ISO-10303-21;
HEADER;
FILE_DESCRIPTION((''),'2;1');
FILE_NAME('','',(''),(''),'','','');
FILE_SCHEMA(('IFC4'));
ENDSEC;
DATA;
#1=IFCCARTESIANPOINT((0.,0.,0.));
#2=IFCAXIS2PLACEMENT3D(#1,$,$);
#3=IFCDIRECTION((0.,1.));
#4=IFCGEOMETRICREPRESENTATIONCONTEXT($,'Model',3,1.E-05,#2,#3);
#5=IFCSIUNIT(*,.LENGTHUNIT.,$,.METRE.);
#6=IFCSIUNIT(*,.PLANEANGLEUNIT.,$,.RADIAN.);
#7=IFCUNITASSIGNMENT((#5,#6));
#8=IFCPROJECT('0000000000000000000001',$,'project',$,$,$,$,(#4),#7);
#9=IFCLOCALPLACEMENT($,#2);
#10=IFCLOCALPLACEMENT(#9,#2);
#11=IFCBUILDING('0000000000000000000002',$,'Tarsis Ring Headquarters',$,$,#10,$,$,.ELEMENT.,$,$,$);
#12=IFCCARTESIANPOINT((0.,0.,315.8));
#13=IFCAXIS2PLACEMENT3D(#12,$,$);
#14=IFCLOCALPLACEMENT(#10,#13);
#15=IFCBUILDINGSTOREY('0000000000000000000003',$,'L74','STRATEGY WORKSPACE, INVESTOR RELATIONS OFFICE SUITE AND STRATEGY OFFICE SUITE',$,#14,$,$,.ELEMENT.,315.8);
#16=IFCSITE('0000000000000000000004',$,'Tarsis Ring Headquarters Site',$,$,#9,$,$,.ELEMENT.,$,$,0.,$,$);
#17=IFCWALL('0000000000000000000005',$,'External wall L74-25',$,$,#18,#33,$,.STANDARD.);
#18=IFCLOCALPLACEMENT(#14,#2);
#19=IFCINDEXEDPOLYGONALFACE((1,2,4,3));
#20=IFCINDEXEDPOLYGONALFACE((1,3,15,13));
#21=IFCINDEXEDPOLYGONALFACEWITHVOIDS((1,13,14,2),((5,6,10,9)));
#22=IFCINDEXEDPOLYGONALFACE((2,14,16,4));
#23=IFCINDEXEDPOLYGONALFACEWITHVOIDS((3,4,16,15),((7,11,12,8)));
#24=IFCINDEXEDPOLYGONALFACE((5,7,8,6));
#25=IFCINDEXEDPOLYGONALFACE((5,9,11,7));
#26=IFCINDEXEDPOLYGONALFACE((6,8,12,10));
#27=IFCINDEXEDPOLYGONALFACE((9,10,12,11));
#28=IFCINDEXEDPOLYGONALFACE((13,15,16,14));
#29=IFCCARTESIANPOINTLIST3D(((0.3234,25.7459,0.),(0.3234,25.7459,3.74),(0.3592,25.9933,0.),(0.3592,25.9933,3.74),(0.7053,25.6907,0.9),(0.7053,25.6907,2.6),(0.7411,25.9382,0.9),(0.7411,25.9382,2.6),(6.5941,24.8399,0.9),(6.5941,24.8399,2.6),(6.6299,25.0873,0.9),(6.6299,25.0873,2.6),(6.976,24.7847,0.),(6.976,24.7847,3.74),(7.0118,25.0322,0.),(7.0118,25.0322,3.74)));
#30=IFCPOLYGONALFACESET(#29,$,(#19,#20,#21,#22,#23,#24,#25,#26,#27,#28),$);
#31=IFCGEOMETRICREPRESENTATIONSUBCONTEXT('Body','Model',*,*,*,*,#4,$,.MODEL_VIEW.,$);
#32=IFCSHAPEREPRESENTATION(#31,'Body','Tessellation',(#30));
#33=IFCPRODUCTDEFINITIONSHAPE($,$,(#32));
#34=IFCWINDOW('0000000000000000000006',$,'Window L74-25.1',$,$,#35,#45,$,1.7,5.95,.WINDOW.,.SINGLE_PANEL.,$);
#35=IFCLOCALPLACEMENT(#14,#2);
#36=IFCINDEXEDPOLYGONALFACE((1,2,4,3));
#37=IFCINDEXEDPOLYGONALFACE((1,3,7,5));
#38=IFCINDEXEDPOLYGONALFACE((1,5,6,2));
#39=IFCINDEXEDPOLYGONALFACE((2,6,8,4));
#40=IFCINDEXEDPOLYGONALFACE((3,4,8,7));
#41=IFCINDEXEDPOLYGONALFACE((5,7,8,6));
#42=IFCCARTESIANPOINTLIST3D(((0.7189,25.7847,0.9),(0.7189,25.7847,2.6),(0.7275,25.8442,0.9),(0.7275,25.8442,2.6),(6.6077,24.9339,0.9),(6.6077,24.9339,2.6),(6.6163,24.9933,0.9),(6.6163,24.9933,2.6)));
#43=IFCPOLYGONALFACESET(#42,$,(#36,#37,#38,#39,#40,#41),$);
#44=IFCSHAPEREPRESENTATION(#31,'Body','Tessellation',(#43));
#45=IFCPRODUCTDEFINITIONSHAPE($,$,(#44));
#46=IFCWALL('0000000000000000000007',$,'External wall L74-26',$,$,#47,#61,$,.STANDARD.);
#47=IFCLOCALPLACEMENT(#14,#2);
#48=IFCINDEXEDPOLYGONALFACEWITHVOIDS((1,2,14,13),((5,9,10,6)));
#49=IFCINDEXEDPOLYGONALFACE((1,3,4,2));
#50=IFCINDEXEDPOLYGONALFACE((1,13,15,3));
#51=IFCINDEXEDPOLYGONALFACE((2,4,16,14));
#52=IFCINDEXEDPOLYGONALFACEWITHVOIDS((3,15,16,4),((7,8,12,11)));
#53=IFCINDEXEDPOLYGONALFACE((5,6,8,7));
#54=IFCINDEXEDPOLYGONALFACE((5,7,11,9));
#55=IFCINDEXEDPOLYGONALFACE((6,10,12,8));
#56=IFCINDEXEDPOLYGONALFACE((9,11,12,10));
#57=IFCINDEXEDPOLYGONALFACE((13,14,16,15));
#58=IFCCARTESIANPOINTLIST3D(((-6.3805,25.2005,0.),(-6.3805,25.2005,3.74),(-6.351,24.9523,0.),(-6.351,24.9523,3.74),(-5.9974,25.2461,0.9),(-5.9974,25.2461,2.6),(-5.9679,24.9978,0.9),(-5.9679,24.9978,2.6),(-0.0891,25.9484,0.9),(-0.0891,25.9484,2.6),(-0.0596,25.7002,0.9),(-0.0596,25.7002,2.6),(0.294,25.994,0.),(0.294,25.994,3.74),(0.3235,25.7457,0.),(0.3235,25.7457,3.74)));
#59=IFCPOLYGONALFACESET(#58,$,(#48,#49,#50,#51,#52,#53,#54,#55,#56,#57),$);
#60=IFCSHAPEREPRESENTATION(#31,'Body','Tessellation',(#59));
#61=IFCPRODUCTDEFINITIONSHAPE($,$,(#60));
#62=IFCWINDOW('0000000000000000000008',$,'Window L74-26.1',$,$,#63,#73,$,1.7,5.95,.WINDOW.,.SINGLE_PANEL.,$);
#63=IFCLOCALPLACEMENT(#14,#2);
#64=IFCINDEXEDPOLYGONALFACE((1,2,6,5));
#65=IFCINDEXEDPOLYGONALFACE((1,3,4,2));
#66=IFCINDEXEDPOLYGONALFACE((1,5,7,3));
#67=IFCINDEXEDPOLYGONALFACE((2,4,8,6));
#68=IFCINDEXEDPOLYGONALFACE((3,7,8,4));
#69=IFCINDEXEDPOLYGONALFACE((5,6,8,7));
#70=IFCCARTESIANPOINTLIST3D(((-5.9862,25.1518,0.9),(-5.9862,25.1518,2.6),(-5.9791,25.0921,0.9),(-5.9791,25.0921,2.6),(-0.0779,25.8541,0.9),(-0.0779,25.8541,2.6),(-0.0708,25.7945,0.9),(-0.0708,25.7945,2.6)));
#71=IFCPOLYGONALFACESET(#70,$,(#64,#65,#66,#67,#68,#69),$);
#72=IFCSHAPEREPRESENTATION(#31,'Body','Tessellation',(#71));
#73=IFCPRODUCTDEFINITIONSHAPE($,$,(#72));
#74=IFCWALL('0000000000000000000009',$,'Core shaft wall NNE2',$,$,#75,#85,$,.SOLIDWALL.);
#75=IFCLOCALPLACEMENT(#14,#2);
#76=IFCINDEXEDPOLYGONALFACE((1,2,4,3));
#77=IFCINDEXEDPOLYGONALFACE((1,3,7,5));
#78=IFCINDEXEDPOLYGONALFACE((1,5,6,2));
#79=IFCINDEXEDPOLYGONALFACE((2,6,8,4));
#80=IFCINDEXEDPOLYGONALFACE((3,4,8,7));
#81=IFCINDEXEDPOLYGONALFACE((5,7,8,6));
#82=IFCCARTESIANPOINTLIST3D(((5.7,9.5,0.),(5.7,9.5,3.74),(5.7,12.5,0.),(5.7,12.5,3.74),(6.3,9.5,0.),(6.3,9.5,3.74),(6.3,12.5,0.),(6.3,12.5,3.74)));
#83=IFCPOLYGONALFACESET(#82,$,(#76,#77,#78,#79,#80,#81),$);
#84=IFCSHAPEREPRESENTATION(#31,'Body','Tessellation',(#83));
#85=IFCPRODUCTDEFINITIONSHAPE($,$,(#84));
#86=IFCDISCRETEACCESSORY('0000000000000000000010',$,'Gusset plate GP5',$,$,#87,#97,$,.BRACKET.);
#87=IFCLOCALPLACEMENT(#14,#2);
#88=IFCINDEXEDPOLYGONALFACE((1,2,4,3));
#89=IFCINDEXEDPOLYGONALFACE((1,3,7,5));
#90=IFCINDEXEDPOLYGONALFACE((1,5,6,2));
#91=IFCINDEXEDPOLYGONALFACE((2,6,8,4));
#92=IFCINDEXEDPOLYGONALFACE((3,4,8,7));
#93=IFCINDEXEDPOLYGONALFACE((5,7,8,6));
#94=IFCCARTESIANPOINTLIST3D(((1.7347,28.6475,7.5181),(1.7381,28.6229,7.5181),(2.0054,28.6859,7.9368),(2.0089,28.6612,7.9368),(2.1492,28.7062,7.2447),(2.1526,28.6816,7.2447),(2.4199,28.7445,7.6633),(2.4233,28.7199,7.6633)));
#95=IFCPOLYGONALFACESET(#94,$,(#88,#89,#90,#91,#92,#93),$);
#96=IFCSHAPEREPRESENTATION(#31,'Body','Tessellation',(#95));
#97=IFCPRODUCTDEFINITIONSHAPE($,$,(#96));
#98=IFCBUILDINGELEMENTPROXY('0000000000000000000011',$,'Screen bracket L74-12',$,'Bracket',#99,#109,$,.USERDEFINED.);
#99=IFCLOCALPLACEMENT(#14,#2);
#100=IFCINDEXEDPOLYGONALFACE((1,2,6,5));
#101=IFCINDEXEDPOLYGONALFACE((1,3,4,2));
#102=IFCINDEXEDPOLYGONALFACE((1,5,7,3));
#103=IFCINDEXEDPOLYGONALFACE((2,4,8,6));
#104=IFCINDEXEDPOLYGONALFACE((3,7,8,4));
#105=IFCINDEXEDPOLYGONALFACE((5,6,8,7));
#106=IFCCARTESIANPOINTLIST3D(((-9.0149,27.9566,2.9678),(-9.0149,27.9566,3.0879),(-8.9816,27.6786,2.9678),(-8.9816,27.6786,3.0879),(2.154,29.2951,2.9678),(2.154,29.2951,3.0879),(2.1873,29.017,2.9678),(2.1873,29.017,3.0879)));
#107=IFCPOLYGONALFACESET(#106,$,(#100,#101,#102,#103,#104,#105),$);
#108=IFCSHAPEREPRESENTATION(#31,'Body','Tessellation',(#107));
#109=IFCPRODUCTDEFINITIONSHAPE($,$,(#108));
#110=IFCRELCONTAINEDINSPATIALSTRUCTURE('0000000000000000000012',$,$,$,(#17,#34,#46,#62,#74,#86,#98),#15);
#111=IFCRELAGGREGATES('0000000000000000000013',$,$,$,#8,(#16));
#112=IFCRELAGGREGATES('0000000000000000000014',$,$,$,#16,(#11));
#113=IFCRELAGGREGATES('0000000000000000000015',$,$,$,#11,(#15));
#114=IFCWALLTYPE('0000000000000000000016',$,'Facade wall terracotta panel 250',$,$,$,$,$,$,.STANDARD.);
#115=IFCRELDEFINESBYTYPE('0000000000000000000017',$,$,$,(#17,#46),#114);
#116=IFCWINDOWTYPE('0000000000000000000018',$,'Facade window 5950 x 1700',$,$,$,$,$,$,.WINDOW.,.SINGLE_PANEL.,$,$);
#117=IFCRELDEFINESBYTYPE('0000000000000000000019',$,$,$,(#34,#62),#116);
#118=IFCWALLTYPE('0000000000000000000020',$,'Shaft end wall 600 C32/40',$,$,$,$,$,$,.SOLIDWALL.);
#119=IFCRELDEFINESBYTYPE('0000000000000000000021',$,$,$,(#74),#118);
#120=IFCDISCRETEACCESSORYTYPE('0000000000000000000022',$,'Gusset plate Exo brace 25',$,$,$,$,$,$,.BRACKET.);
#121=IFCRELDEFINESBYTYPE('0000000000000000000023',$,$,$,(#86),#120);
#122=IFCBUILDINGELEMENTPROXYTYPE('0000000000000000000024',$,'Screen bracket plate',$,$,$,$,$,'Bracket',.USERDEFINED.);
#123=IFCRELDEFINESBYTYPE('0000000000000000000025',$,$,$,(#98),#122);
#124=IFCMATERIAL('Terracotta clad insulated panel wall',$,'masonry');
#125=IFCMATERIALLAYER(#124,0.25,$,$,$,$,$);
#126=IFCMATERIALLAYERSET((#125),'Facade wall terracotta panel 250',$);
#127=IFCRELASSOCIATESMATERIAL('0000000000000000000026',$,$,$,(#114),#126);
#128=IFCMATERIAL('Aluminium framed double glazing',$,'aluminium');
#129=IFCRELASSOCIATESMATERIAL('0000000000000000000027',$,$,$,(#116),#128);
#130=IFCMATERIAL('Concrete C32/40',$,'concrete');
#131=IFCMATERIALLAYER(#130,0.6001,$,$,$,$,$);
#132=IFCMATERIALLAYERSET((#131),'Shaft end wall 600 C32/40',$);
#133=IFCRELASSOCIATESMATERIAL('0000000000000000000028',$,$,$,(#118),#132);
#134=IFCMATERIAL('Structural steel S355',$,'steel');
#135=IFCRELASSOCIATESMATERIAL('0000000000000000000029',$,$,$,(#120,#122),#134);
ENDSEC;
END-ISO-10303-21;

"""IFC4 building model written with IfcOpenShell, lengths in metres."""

from ifc_helpers import new_model, si_unit, direction, frame, frame_2d, origin, origin_2d, place, context, subcontext, project, spatial, rectangle, extrude, material, layer, layer_set, material_profile, profile_set, type_object, element, fill, save


model = new_model("IFC4")

# Units and contexts
model_context = context("Model", 3, precision=1e-05, world=origin(), true_north=direction((0.0, 1.0)))
body_context = subcontext(model_context, "Body", "Model", "MODEL_VIEW")
ifc_project = project(units=[si_unit("LENGTHUNIT", "METRE"), si_unit("PLANEANGLEUNIT", "RADIAN")], contexts=[model_context])

# Site, building, storey
site_placement = place(None, origin())
site = spatial("IfcSite", under=ifc_project, at=site_placement, Name="Tarsis Ring Headquarters Site", CompositionType="ELEMENT", RefElevation=0.0)
building_placement = place(site_placement, origin())
building = spatial("IfcBuilding", under=site, at=building_placement, Name="Tarsis Ring Headquarters", CompositionType="ELEMENT")
storey_placement = place(building_placement, frame((0.0, 0.0, 315.8)))
storey = spatial("IfcBuildingStorey", under=building, at=storey_placement, Name="L74", Description="STRATEGY WORKSPACE, INVESTOR RELATIONS OFFICE SUITE AND STRATEGY OFFICE SUITE", CompositionType="ELEMENT", Elevation=315.8)

# Shared definitions
ifc_material_1 = material(Name="Structural steel S355", Category="steel")

# Walls, openings, windows
ifc_material_2 = material(Name="Terracotta clad insulated panel wall", Category="masonry")
ifc_layer_1 = layer(ifc_material_2, 0.25)
ifc_layer_set_1 = layer_set([ifc_layer_1], Name="Facade wall terracotta panel 250")
wall_type_1 = type_object("IfcWallType", Name="Facade wall terracotta panel 250", PredefinedType="STANDARD", material=ifc_layer_set_1)
wall_1_placement = place(storey_placement, frame((6.9939, 24.9084, 0.0), z_axis=(0.0, 0.0, 1.0), x_axis=(-0.989723, 0.142998, 0.0)))
wall_1 = element("IfcWall", 1, at=wall_1_placement, inside=storey, type_object=wall_type_1, Name="External wall L74-25", PredefinedType="STANDARD", context=body_context, shape_type="SweptSolid", body=[
    extrude(rectangle(XDim=6.7217, YDim=0.25, at=frame_2d((3.3608, 0.0))), origin(), (0.0, 0.0, 1.0), 3.74),
])
opening_1_placement = place(wall_1_placement, frame((0.3857, 0.0, 0.8999)))
opening_1 = element("IfcOpeningElement", 2, at=opening_1_placement, cuts=wall_1, PredefinedType="OPENING", context=body_context, shape_type="SweptSolid", body=[
    extrude(rectangle(XDim=5.95, YDim=1.7, at=frame_2d((2.9751, 0.8501))), frame((0.0, 0.135, 0.0), z_axis=(0.0, -1.0, 0.0), x_axis=(1.0, 0.0, 0.0)), (0.0, 0.0, 1.0), 0.27),
])
ifc_material_3 = material(Name="Aluminium framed double glazing", Category="aluminium")
window_type = type_object("IfcWindowType", Name="Facade window 5950 x 1700", PartitioningType="SINGLE_PANEL", PredefinedType="WINDOW", material=ifc_material_3)
window_1_placement = place(opening_1_placement, origin())
window_1 = element("IfcWindow", 3, at=window_1_placement, inside=storey, type_object=window_type, Name="Window L74-25.1", OverallHeight=1.7, OverallWidth=5.95, PartitioningType="SINGLE_PANEL", PredefinedType="WINDOW", context=body_context, shape_type="SweptSolid", body=[
    extrude(rectangle(XDim=5.95, YDim=1.7, at=frame_2d((2.9751, 0.8501))), frame((0.0, 0.03, 0.0), z_axis=(0.0, -1.0, 0.0), x_axis=(1.0, 0.0, 0.0)), (0.0, 0.0, 1.0), 0.0601),
])
fill(opening_1, window_1)
wall_2_placement = place(storey_placement, frame((0.3088, 25.8699, 0.0), z_axis=(0.0, 0.0, 1.0), x_axis=(-0.993008, -0.118047, 0.0)))
wall_2 = element("IfcWall", 4, at=wall_2_placement, inside=storey, type_object=wall_type_1, Name="External wall L74-26", PredefinedType="STANDARD", context=body_context, shape_type="SweptSolid", body=[
    extrude(rectangle(XDim=6.7214, YDim=0.25, at=frame_2d((3.3608, 0.0))), origin(), (0.0, 0.0, 1.0), 3.74),
])
opening_2_placement = place(wall_2_placement, frame((0.3857, 0.0, 0.8999)))
opening_2 = element("IfcOpeningElement", 5, at=opening_2_placement, cuts=wall_2, PredefinedType="OPENING", context=body_context, shape_type="SweptSolid", body=[
    extrude(rectangle(XDim=5.95, YDim=1.7, at=frame_2d((2.9751, 0.8501))), frame((0.0, 0.135, 0.0), z_axis=(0.0, -1.0, 0.0), x_axis=(1.0, 0.0, 0.0)), (0.0, 0.0, 1.0), 0.27),
])
window_2_placement = place(opening_2_placement, origin())
window_2 = element("IfcWindow", 6, at=window_2_placement, inside=storey, type_object=window_type, Name="Window L74-26.1", OverallHeight=1.7, OverallWidth=5.95, PartitioningType="SINGLE_PANEL", PredefinedType="WINDOW", context=body_context, shape_type="SweptSolid", body=[
    extrude(rectangle(XDim=5.95, YDim=1.7, at=frame_2d((2.9751, 0.8501))), frame((0.0, 0.03, 0.0), z_axis=(0.0, -1.0, 0.0), x_axis=(1.0, 0.0, 0.0)), (0.0, 0.0, 1.0), 0.0601),
])
fill(opening_2, window_2)

# Wall
ifc_material_4 = material(Name="Concrete C32/40", Category="concrete")
ifc_layer_2 = layer(ifc_material_4, 0.6001)
ifc_layer_set_2 = layer_set([ifc_layer_2], Name="Shaft end wall 600 C32/40")
wall_type_2 = type_object("IfcWallType", Name="Shaft end wall 600 C32/40", PredefinedType="SOLIDWALL", material=ifc_layer_set_2)
wall_3_placement = place(storey_placement, frame((6.0, 9.5, 0.0), z_axis=(0.0, 0.0, 1.0), x_axis=(0.0, 1.0, 0.0)))
element("IfcWall", 7, at=wall_3_placement, inside=storey, type_object=wall_type_2, Name="Core shaft wall NNE2", PredefinedType="SOLIDWALL", context=body_context, shape_type="SweptSolid", body=[
    extrude(rectangle(XDim=3.0, YDim=0.6001, at=frame_2d((1.5, 0.0))), origin(), (0.0, 0.0, 1.0), 3.74),
])

# Discrete accessory
ifc_material_profile_1 = material_profile(ifc_material_1, rectangle(XDim=0.0249, YDim=0.5, at=origin_2d()), Name="PL 25x500")
ifc_profile_set_1 = profile_set([ifc_material_profile_1], Name="Structural steel S355")
discrete_accessory_type = type_object("IfcDiscreteAccessoryType", Name="Gusset plate Exo brace 25", PredefinedType="BRACKET", material=ifc_profile_set_1)
discrete_accessory_placement = place(storey_placement, frame((2.2144, 28.7029, 7.8), z_axis=(-0.54141, -0.076647, -0.837258), x_axis=(0.140171, -0.990127, 0.0)))
element("IfcDiscreteAccessory", 8, at=discrete_accessory_placement, inside=storey, type_object=discrete_accessory_type, Name="Gusset plate GP5", PredefinedType="BRACKET", context=body_context, shape_type="SweptSolid", body=[
    extrude(rectangle(XDim=0.0249, YDim=0.5, at=origin_2d()), origin(), (0.0, 0.0, 1.0), 0.5),
])

# Building element proxy
building_element_proxy_type = type_object("IfcBuildingElementProxyType", Name="Screen bracket plate", ElementType="Bracket", PredefinedType="USERDEFINED", material=ifc_material_1)
proxy_placement = place(storey_placement, frame((-3.4138, 28.4868, 2.9678), z_axis=(0.0, 0.0, 1.0), x_axis=(-0.992896, -0.118989, 0.0)))
element("IfcBuildingElementProxy", 9, at=proxy_placement, inside=storey, type_object=building_element_proxy_type, Name="Screen bracket L74-12", ObjectType="Bracket", PredefinedType="USERDEFINED", context=body_context, shape_type="SweptSolid", body=[
    extrude(rectangle(XDim=11.2488, YDim=0.28, at=origin_2d()), origin(), (0.0, 0.0, 1.0), 0.1201),
])

save(model, "model.ifc")
